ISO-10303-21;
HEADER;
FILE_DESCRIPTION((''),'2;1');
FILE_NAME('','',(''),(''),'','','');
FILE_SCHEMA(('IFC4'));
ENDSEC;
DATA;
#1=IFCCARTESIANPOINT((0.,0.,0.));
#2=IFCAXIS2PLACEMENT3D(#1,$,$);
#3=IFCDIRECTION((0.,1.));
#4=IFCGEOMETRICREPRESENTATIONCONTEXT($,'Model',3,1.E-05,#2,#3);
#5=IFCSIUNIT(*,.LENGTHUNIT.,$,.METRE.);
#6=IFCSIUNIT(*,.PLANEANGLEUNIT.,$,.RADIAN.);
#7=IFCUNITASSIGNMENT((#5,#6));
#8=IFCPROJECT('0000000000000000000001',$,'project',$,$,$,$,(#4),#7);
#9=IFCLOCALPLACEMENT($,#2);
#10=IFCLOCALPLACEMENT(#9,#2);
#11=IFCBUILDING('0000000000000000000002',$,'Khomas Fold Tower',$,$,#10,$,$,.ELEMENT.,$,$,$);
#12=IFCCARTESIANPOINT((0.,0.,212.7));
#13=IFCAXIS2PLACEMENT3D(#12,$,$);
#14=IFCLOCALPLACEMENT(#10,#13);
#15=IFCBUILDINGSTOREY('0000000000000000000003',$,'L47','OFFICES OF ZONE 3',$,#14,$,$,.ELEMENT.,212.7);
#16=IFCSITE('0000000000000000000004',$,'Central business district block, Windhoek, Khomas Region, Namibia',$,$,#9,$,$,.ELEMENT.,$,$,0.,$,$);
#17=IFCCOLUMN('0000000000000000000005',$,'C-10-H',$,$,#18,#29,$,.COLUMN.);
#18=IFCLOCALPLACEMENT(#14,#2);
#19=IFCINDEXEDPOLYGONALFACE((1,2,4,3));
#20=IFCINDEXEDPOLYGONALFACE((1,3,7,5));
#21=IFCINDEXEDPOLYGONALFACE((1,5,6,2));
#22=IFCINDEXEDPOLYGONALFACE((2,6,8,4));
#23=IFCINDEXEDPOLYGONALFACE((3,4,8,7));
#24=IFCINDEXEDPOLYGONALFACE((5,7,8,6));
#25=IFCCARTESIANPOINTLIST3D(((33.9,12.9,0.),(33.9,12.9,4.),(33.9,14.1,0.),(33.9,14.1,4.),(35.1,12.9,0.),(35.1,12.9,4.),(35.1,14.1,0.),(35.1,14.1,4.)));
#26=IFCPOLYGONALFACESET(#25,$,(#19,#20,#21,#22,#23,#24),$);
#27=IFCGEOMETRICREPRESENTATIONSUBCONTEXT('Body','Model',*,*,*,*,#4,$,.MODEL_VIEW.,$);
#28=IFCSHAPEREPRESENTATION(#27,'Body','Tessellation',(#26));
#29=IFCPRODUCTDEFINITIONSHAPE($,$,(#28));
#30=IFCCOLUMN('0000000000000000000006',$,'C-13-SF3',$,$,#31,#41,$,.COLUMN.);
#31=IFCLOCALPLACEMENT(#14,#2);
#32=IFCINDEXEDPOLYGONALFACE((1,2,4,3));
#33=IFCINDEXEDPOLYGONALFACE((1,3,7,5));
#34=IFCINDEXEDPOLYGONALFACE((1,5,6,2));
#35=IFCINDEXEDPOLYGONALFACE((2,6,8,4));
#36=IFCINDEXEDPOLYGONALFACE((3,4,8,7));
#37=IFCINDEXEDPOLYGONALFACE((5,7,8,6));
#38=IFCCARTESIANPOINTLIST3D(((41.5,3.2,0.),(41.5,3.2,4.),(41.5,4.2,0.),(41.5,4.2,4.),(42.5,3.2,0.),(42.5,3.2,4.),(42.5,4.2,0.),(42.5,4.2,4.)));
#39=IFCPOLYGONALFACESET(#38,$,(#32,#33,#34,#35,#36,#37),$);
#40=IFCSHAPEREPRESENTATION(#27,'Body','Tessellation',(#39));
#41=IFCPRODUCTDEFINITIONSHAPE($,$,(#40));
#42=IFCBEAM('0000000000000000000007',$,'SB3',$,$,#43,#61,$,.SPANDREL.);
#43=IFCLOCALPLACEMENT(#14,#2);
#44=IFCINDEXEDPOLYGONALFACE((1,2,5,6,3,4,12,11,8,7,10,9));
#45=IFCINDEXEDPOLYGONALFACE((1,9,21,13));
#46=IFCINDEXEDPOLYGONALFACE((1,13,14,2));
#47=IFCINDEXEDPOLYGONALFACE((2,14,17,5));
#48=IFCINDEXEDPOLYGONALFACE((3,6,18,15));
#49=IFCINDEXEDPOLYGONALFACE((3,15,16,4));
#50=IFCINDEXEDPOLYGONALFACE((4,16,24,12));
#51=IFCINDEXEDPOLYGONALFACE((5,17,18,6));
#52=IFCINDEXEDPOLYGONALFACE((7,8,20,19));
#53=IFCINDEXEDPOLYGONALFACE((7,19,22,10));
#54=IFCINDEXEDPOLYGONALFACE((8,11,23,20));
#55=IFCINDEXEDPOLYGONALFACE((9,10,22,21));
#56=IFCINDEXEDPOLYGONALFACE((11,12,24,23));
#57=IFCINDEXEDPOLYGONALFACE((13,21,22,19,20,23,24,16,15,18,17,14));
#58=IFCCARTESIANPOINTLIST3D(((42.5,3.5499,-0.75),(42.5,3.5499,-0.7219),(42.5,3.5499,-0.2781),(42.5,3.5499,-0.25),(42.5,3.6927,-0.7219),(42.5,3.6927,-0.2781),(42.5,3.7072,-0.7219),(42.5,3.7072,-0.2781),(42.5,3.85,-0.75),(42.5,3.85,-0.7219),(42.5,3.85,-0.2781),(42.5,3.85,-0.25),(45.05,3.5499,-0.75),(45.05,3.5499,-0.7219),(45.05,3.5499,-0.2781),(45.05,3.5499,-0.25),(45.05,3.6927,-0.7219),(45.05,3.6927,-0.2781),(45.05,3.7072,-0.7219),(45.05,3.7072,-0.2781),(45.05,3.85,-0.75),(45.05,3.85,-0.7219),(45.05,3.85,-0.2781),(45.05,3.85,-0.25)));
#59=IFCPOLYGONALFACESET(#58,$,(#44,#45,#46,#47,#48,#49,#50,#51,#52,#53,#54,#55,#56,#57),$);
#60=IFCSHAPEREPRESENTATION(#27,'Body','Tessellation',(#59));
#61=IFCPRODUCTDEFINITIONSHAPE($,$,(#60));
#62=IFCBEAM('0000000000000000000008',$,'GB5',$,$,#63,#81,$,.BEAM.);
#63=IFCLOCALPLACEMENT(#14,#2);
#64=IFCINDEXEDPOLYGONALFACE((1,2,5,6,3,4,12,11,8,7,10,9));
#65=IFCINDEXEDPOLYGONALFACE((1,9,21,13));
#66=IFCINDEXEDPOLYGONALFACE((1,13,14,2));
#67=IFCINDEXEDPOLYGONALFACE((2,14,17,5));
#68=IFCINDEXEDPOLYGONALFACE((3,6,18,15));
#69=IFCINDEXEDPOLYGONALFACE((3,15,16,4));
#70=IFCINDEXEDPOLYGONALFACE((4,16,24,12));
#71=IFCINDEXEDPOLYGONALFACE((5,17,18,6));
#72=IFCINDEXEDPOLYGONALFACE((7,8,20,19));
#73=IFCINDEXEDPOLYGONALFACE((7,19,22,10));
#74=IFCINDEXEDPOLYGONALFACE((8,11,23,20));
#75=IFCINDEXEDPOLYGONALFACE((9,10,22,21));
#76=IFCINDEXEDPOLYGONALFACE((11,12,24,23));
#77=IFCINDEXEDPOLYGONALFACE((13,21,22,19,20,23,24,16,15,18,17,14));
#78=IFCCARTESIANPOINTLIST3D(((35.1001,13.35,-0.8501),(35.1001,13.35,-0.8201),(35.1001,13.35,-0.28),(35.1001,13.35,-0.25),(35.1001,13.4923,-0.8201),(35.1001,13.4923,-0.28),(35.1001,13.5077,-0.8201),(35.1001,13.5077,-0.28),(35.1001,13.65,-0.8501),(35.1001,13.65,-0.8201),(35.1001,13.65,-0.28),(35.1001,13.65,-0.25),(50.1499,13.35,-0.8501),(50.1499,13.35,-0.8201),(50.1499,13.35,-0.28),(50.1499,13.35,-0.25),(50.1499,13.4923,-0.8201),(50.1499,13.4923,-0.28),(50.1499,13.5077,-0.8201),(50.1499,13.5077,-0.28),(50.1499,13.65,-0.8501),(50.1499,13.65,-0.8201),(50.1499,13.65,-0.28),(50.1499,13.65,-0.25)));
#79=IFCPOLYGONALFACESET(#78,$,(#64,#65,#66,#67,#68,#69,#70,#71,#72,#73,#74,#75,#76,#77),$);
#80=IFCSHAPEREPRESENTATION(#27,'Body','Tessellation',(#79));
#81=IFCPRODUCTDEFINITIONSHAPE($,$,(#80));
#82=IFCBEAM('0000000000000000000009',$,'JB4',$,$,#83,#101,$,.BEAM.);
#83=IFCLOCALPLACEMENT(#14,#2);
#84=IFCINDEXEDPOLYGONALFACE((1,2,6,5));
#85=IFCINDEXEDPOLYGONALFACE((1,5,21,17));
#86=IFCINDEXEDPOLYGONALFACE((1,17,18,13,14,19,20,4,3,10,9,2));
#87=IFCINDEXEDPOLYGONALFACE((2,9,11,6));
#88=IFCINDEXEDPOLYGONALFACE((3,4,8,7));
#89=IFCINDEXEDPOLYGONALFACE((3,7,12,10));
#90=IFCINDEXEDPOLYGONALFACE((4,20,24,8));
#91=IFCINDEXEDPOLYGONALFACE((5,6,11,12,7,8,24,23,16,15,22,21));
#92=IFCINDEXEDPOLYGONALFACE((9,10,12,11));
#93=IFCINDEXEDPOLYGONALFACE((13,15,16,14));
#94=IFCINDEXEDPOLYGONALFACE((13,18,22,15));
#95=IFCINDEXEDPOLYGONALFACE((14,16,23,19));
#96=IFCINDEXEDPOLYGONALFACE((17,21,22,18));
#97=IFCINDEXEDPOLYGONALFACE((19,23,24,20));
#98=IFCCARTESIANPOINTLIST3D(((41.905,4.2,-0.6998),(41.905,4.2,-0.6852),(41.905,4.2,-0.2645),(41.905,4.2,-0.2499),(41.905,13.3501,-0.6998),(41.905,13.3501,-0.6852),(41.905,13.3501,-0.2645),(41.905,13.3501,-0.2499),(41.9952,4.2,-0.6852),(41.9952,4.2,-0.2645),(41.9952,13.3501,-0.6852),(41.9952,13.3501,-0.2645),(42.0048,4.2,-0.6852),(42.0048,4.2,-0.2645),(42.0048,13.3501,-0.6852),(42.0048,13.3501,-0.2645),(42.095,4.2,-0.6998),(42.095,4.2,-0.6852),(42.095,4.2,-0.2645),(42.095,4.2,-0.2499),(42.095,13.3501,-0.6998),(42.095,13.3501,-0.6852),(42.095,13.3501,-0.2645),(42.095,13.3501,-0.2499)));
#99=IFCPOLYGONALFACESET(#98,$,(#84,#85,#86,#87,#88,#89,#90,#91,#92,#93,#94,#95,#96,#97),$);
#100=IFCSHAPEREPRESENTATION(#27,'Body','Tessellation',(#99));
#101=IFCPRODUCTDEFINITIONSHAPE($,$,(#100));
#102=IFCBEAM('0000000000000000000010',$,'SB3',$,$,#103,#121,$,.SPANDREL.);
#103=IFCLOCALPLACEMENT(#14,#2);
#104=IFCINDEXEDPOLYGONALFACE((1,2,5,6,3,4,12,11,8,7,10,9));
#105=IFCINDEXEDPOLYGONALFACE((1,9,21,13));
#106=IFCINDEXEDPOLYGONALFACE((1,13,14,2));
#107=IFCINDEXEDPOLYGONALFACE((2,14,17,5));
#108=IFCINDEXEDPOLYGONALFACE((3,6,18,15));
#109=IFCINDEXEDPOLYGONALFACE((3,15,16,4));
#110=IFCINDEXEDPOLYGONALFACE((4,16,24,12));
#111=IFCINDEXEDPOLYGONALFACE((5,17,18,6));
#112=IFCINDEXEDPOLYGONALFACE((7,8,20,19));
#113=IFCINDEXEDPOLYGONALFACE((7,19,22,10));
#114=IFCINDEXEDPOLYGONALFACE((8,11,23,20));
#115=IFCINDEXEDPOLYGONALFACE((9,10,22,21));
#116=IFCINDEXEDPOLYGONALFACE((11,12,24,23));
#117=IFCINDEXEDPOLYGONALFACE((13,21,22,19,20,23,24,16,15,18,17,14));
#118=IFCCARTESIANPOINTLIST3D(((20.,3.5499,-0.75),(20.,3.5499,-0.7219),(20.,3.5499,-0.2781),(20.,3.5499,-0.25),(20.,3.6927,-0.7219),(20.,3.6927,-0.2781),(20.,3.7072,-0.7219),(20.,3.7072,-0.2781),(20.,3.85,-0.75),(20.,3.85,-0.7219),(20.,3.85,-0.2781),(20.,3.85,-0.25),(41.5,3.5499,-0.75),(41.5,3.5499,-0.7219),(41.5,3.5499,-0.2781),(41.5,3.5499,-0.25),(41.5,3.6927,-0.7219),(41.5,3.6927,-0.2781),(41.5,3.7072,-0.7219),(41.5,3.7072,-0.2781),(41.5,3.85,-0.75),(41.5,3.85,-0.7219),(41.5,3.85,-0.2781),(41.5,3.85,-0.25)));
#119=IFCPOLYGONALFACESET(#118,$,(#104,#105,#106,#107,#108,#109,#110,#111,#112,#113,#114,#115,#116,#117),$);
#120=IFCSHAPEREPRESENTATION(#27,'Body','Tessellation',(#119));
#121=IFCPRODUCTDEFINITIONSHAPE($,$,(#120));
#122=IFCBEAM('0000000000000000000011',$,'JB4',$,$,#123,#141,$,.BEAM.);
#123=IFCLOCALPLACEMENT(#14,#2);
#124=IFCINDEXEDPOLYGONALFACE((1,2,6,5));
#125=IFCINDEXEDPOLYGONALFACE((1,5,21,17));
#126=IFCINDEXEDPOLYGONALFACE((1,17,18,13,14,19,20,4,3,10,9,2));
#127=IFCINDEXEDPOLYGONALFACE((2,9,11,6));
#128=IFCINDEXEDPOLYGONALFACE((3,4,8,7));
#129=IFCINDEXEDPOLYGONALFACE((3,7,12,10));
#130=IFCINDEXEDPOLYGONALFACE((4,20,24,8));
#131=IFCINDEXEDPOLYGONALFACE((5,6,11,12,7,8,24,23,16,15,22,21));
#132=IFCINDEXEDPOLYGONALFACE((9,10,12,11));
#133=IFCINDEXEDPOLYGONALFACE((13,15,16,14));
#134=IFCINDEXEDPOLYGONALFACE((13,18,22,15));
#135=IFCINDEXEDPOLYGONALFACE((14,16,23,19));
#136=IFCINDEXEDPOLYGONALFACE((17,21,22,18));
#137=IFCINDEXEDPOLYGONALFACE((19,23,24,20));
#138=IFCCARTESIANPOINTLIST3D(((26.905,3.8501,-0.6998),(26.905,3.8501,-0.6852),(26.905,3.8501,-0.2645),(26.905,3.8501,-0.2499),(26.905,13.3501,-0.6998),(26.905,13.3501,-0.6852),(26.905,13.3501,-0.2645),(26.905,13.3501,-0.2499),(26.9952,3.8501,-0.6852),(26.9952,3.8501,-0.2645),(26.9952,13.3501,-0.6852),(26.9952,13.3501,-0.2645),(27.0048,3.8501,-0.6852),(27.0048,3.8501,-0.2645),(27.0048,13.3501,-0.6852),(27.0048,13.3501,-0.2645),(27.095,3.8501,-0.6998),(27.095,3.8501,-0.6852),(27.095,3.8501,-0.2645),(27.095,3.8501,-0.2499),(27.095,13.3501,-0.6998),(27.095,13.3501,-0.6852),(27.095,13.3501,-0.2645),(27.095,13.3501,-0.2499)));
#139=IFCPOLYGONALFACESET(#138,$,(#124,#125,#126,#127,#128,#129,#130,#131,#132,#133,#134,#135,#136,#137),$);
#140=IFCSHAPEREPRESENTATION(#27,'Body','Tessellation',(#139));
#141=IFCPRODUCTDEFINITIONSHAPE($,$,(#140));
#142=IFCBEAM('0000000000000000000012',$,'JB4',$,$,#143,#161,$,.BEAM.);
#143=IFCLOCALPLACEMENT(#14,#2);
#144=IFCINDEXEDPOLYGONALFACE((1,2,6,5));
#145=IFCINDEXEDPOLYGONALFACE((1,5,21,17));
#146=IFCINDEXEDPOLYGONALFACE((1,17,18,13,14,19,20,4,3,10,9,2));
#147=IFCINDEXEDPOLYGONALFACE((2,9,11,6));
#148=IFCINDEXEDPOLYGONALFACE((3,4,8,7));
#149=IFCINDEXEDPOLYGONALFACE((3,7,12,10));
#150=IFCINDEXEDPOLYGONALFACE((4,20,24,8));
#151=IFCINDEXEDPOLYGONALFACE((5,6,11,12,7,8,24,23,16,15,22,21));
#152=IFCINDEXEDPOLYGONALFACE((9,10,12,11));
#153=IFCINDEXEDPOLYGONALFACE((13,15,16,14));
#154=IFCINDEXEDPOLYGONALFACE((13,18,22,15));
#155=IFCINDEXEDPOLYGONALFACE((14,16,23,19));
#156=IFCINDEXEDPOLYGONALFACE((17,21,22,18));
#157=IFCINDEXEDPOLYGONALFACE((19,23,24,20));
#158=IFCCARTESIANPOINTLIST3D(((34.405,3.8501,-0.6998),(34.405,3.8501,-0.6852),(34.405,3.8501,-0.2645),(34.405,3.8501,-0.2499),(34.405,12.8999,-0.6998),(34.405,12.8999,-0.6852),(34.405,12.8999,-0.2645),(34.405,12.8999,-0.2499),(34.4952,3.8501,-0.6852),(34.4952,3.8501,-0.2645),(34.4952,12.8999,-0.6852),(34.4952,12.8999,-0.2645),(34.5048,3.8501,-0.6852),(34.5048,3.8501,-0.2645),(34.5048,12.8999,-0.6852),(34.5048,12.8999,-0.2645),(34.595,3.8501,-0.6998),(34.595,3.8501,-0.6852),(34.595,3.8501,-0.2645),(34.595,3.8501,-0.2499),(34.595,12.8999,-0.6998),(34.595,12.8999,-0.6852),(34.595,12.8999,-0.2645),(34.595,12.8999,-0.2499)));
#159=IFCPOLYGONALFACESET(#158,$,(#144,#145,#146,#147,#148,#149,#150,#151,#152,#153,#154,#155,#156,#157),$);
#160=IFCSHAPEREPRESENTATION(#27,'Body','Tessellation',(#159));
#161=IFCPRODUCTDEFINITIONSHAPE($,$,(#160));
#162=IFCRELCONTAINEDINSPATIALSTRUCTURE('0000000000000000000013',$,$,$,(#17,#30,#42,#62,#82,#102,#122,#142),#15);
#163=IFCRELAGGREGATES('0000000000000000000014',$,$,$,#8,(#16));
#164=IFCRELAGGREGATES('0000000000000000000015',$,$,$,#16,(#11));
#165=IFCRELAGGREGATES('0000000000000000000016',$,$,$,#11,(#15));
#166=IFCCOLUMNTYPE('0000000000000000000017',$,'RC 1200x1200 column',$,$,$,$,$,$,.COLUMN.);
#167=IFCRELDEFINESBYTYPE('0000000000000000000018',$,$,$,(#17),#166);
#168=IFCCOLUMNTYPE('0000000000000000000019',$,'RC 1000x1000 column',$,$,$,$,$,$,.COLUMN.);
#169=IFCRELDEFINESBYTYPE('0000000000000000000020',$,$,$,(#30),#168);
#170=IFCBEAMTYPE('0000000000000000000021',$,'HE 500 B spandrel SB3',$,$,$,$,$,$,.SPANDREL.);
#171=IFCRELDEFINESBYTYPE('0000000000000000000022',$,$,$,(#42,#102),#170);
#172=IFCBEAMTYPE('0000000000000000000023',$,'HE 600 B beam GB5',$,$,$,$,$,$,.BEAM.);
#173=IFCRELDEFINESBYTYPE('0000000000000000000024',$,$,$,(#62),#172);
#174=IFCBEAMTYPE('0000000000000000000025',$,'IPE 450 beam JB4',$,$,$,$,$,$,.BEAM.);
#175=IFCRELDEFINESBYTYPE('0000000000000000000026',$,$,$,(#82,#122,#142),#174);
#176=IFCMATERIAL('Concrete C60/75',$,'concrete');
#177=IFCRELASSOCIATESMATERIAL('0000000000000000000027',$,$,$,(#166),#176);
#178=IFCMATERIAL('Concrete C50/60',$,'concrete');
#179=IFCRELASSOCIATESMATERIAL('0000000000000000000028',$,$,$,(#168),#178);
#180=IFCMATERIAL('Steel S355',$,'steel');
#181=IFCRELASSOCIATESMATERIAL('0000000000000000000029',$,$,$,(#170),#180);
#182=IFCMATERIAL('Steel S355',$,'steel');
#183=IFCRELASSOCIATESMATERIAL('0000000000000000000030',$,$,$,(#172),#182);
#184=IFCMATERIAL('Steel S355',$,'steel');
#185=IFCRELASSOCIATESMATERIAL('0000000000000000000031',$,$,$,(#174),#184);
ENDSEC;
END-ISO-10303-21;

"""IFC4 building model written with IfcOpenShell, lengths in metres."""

from ifc_helpers import new_model, si_unit, direction, frame, origin, origin_2d, place, context, subcontext, project, spatial, rectangle, i_section, extrude, source, transform, mapped, material, material_profile, profile_set, type_object, element, save


model = new_model("IFC4")

# Units and contexts
model_context = context("Model", 3, precision=1e-05, world=origin(), true_north=direction((0.0, 1.0)))
body_context = subcontext(model_context, "Body", "Model", "MODEL_VIEW")
ifc_project = project(units=[si_unit("LENGTHUNIT", "METRE"), si_unit("PLANEANGLEUNIT", "RADIAN")], contexts=[model_context])

# Site, building, storey
site_placement = place(None, origin())
site = spatial("IfcSite", under=ifc_project, at=site_placement, Name="Central business district block, Windhoek, Khomas Region, Namibia", CompositionType="ELEMENT", RefElevation=0.0)
building_placement = place(site_placement, origin())
building = spatial("IfcBuilding", under=site, at=building_placement, Name="Khomas Fold Tower", CompositionType="ELEMENT")
storey_placement = place(building_placement, frame((0.0, 0.0, 212.7)))
storey = spatial("IfcBuildingStorey", under=building, at=storey_placement, Name="L47", Description="OFFICES OF ZONE 3", CompositionType="ELEMENT", Elevation=212.7)

# Columns
ifc_material_1 = material(Name="Concrete C60/75", Category="concrete")
ifc_material_profile_1 = material_profile(ifc_material_1, rectangle(XDim=1.2, YDim=1.2, at=origin_2d()), Name="RC 1200x1200")
ifc_profile_set_1 = profile_set([ifc_material_profile_1], Name="Concrete C60/75")
column_type_1 = type_object("IfcColumnType", Name="RC 1200x1200 column", PredefinedType="COLUMN", material=ifc_profile_set_1)
shared_shape_1 = source(origin(), body_context, "Body", "SweptSolid", [
    extrude(rectangle(XDim=1.2, YDim=1.2, at=origin_2d()), origin(), (0.0, 0.0, 1.0), 4.0),
])
column_1_placement = place(storey_placement, frame((34.5, 13.5, 0.0), z_axis=(0.0, 0.0, 1.0), x_axis=(1.0, 0.0, 0.0)))
element("IfcColumn", 1, at=column_1_placement, inside=storey, type_object=column_type_1, Name="C-10-H", PredefinedType="COLUMN", context=body_context, shape_type="MappedRepresentation", body=[
    mapped(shared_shape_1, transform((0.0, 0.0, 0.0))),
])
ifc_material_2 = material(Name="Concrete C50/60", Category="concrete")
ifc_material_profile_2 = material_profile(ifc_material_2, rectangle(XDim=1.0, YDim=1.0, at=origin_2d()), Name="RC 1000x1000")
ifc_profile_set_2 = profile_set([ifc_material_profile_2], Name="Concrete C50/60")
column_type_2 = type_object("IfcColumnType", Name="RC 1000x1000 column", PredefinedType="COLUMN", material=ifc_profile_set_2)
shared_shape_2 = source(origin(), body_context, "Body", "SweptSolid", [
    extrude(rectangle(XDim=1.0, YDim=1.0, at=origin_2d()), origin(), (0.0, 0.0, 1.0), 4.0),
])
column_2_placement = place(storey_placement, frame((42.0, 3.7, 0.0), z_axis=(0.0, 0.0, 1.0), x_axis=(1.0, 0.0, 0.0)))
element("IfcColumn", 2, at=column_2_placement, inside=storey, type_object=column_type_2, Name="C-13-SF3", PredefinedType="COLUMN", context=body_context, shape_type="MappedRepresentation", body=[
    mapped(shared_shape_2, transform((0.0, 0.0, 0.0))),
])

# Beams
ifc_material_3 = material(Name="Steel S355", Category="steel")
ifc_material_profile_3 = material_profile(ifc_material_3, i_section(OverallWidth=0.3, OverallDepth=0.5, WebThickness=0.0144, FlangeThickness=0.0281, at=origin_2d()), Name="HE 500 B")
ifc_profile_set_3 = profile_set([ifc_material_profile_3], Name="Steel S355")
beam_type_1 = type_object("IfcBeamType", Name="HE 500 B spandrel SB3", PredefinedType="SPANDREL", material=ifc_profile_set_3)
shared_shape_3 = source(origin(), body_context, "Body", "SweptSolid", [
    extrude(i_section(OverallWidth=0.3, OverallDepth=0.5, WebThickness=0.0144, FlangeThickness=0.0281, at=origin_2d()), origin(), (0.0, 0.0, 1.0), 2.55),
])
beam_1_placement = place(storey_placement, frame((42.5, 3.7, -0.5), z_axis=(1.0, 0.0, 0.0), x_axis=(0.0, 1.0, 0.0)))
element("IfcBeam", 3, at=beam_1_placement, inside=storey, type_object=beam_type_1, Name="SB3", PredefinedType="SPANDREL", context=body_context, shape_type="MappedRepresentation", body=[
    mapped(shared_shape_3, transform((0.0, 0.0, 0.0))),
])
ifc_material_4 = material(Name="Steel S355", Category="steel")
ifc_material_profile_4 = material_profile(ifc_material_4, i_section(OverallWidth=0.3, OverallDepth=0.6001, WebThickness=0.0154, FlangeThickness=0.03, at=origin_2d()), Name="HE 600 B")
ifc_profile_set_4 = profile_set([ifc_material_profile_4], Name="Steel S355")
beam_type_2 = type_object("IfcBeamType", Name="HE 600 B beam GB5", PredefinedType="BEAM", material=ifc_profile_set_4)
shared_shape_4 = source(origin(), body_context, "Body", "SweptSolid", [
    extrude(i_section(OverallWidth=0.3, OverallDepth=0.6001, WebThickness=0.0154, FlangeThickness=0.03, at=origin_2d()), origin(), (0.0, 0.0, 1.0), 15.0498),
])
beam_2_placement = place(storey_placement, frame((35.1001, 13.5, -0.55), z_axis=(1.0, 0.0, 0.0), x_axis=(0.0, 1.0, 0.0)))
element("IfcBeam", 4, at=beam_2_placement, inside=storey, type_object=beam_type_2, Name="GB5", PredefinedType="BEAM", context=body_context, shape_type="MappedRepresentation", body=[
    mapped(shared_shape_4, transform((0.0, 0.0, 0.0))),
])
ifc_material_5 = material(Name="Steel S355", Category="steel")
ifc_material_profile_5 = material_profile(ifc_material_5, i_section(OverallWidth=0.1899, OverallDepth=0.45, WebThickness=0.0095, FlangeThickness=0.0146, at=origin_2d()), Name="IPE 450")
ifc_profile_set_5 = profile_set([ifc_material_profile_5], Name="Steel S355")
beam_type_3 = type_object("IfcBeamType", Name="IPE 450 beam JB4", PredefinedType="BEAM", material=ifc_profile_set_5)
shared_shape_5 = source(origin(), body_context, "Body", "SweptSolid", [
    extrude(i_section(OverallWidth=0.1899, OverallDepth=0.45, WebThickness=0.0095, FlangeThickness=0.0146, at=origin_2d()), origin(), (0.0, 0.0, 1.0), 9.1501),
])
beam_3_placement = place(storey_placement, frame((42.0, 4.2, -0.4749), z_axis=(0.0, 1.0, 0.0), x_axis=(-1.0, 0.0, 0.0)))
element("IfcBeam", 5, at=beam_3_placement, inside=storey, type_object=beam_type_3, Name="JB4", PredefinedType="BEAM", context=body_context, shape_type="MappedRepresentation", body=[
    mapped(shared_shape_5, transform((0.0, 0.0, 0.0))),
])
shared_shape_6 = source(origin(), body_context, "Body", "SweptSolid", [
    extrude(i_section(OverallWidth=0.3, OverallDepth=0.5, WebThickness=0.0144, FlangeThickness=0.0281, at=origin_2d()), origin(), (0.0, 0.0, 1.0), 21.5),
])
beam_4_placement = place(storey_placement, frame((20.0, 3.7, -0.5), z_axis=(1.0, 0.0, 0.0), x_axis=(0.0, 1.0, 0.0)))
element("IfcBeam", 6, at=beam_4_placement, inside=storey, type_object=beam_type_1, Name="SB3", PredefinedType="SPANDREL", context=body_context, shape_type="MappedRepresentation", body=[
    mapped(shared_shape_6, transform((0.0, 0.0, 0.0))),
])
shared_shape_7 = source(origin(), body_context, "Body", "SweptSolid", [
    extrude(i_section(OverallWidth=0.1899, OverallDepth=0.45, WebThickness=0.0095, FlangeThickness=0.0146, at=origin_2d()), origin(), (0.0, 0.0, 1.0), 9.5),
])
beam_5_placement = place(storey_placement, frame((27.0, 3.8501, -0.4749), z_axis=(0.0, 1.0, 0.0), x_axis=(-1.0, 0.0, 0.0)))
element("IfcBeam", 7, at=beam_5_placement, inside=storey, type_object=beam_type_3, Name="JB4", PredefinedType="BEAM", context=body_context, shape_type="MappedRepresentation", body=[
    mapped(shared_shape_7, transform((0.0, 0.0, 0.0))),
])
shared_shape_8 = source(origin(), body_context, "Body", "SweptSolid", [
    extrude(i_section(OverallWidth=0.1899, OverallDepth=0.45, WebThickness=0.0095, FlangeThickness=0.0146, at=origin_2d()), origin(), (0.0, 0.0, 1.0), 9.0498),
])
beam_6_placement = place(storey_placement, frame((34.5, 3.8501, -0.4749), z_axis=(0.0, 1.0, 0.0), x_axis=(-1.0, 0.0, 0.0)))
element("IfcBeam", 8, at=beam_6_placement, inside=storey, type_object=beam_type_3, Name="JB4", PredefinedType="BEAM", context=body_context, shape_type="MappedRepresentation", body=[
    mapped(shared_shape_8, transform((0.0, 0.0, 0.0))),
])

save(model, "model.ifc")
